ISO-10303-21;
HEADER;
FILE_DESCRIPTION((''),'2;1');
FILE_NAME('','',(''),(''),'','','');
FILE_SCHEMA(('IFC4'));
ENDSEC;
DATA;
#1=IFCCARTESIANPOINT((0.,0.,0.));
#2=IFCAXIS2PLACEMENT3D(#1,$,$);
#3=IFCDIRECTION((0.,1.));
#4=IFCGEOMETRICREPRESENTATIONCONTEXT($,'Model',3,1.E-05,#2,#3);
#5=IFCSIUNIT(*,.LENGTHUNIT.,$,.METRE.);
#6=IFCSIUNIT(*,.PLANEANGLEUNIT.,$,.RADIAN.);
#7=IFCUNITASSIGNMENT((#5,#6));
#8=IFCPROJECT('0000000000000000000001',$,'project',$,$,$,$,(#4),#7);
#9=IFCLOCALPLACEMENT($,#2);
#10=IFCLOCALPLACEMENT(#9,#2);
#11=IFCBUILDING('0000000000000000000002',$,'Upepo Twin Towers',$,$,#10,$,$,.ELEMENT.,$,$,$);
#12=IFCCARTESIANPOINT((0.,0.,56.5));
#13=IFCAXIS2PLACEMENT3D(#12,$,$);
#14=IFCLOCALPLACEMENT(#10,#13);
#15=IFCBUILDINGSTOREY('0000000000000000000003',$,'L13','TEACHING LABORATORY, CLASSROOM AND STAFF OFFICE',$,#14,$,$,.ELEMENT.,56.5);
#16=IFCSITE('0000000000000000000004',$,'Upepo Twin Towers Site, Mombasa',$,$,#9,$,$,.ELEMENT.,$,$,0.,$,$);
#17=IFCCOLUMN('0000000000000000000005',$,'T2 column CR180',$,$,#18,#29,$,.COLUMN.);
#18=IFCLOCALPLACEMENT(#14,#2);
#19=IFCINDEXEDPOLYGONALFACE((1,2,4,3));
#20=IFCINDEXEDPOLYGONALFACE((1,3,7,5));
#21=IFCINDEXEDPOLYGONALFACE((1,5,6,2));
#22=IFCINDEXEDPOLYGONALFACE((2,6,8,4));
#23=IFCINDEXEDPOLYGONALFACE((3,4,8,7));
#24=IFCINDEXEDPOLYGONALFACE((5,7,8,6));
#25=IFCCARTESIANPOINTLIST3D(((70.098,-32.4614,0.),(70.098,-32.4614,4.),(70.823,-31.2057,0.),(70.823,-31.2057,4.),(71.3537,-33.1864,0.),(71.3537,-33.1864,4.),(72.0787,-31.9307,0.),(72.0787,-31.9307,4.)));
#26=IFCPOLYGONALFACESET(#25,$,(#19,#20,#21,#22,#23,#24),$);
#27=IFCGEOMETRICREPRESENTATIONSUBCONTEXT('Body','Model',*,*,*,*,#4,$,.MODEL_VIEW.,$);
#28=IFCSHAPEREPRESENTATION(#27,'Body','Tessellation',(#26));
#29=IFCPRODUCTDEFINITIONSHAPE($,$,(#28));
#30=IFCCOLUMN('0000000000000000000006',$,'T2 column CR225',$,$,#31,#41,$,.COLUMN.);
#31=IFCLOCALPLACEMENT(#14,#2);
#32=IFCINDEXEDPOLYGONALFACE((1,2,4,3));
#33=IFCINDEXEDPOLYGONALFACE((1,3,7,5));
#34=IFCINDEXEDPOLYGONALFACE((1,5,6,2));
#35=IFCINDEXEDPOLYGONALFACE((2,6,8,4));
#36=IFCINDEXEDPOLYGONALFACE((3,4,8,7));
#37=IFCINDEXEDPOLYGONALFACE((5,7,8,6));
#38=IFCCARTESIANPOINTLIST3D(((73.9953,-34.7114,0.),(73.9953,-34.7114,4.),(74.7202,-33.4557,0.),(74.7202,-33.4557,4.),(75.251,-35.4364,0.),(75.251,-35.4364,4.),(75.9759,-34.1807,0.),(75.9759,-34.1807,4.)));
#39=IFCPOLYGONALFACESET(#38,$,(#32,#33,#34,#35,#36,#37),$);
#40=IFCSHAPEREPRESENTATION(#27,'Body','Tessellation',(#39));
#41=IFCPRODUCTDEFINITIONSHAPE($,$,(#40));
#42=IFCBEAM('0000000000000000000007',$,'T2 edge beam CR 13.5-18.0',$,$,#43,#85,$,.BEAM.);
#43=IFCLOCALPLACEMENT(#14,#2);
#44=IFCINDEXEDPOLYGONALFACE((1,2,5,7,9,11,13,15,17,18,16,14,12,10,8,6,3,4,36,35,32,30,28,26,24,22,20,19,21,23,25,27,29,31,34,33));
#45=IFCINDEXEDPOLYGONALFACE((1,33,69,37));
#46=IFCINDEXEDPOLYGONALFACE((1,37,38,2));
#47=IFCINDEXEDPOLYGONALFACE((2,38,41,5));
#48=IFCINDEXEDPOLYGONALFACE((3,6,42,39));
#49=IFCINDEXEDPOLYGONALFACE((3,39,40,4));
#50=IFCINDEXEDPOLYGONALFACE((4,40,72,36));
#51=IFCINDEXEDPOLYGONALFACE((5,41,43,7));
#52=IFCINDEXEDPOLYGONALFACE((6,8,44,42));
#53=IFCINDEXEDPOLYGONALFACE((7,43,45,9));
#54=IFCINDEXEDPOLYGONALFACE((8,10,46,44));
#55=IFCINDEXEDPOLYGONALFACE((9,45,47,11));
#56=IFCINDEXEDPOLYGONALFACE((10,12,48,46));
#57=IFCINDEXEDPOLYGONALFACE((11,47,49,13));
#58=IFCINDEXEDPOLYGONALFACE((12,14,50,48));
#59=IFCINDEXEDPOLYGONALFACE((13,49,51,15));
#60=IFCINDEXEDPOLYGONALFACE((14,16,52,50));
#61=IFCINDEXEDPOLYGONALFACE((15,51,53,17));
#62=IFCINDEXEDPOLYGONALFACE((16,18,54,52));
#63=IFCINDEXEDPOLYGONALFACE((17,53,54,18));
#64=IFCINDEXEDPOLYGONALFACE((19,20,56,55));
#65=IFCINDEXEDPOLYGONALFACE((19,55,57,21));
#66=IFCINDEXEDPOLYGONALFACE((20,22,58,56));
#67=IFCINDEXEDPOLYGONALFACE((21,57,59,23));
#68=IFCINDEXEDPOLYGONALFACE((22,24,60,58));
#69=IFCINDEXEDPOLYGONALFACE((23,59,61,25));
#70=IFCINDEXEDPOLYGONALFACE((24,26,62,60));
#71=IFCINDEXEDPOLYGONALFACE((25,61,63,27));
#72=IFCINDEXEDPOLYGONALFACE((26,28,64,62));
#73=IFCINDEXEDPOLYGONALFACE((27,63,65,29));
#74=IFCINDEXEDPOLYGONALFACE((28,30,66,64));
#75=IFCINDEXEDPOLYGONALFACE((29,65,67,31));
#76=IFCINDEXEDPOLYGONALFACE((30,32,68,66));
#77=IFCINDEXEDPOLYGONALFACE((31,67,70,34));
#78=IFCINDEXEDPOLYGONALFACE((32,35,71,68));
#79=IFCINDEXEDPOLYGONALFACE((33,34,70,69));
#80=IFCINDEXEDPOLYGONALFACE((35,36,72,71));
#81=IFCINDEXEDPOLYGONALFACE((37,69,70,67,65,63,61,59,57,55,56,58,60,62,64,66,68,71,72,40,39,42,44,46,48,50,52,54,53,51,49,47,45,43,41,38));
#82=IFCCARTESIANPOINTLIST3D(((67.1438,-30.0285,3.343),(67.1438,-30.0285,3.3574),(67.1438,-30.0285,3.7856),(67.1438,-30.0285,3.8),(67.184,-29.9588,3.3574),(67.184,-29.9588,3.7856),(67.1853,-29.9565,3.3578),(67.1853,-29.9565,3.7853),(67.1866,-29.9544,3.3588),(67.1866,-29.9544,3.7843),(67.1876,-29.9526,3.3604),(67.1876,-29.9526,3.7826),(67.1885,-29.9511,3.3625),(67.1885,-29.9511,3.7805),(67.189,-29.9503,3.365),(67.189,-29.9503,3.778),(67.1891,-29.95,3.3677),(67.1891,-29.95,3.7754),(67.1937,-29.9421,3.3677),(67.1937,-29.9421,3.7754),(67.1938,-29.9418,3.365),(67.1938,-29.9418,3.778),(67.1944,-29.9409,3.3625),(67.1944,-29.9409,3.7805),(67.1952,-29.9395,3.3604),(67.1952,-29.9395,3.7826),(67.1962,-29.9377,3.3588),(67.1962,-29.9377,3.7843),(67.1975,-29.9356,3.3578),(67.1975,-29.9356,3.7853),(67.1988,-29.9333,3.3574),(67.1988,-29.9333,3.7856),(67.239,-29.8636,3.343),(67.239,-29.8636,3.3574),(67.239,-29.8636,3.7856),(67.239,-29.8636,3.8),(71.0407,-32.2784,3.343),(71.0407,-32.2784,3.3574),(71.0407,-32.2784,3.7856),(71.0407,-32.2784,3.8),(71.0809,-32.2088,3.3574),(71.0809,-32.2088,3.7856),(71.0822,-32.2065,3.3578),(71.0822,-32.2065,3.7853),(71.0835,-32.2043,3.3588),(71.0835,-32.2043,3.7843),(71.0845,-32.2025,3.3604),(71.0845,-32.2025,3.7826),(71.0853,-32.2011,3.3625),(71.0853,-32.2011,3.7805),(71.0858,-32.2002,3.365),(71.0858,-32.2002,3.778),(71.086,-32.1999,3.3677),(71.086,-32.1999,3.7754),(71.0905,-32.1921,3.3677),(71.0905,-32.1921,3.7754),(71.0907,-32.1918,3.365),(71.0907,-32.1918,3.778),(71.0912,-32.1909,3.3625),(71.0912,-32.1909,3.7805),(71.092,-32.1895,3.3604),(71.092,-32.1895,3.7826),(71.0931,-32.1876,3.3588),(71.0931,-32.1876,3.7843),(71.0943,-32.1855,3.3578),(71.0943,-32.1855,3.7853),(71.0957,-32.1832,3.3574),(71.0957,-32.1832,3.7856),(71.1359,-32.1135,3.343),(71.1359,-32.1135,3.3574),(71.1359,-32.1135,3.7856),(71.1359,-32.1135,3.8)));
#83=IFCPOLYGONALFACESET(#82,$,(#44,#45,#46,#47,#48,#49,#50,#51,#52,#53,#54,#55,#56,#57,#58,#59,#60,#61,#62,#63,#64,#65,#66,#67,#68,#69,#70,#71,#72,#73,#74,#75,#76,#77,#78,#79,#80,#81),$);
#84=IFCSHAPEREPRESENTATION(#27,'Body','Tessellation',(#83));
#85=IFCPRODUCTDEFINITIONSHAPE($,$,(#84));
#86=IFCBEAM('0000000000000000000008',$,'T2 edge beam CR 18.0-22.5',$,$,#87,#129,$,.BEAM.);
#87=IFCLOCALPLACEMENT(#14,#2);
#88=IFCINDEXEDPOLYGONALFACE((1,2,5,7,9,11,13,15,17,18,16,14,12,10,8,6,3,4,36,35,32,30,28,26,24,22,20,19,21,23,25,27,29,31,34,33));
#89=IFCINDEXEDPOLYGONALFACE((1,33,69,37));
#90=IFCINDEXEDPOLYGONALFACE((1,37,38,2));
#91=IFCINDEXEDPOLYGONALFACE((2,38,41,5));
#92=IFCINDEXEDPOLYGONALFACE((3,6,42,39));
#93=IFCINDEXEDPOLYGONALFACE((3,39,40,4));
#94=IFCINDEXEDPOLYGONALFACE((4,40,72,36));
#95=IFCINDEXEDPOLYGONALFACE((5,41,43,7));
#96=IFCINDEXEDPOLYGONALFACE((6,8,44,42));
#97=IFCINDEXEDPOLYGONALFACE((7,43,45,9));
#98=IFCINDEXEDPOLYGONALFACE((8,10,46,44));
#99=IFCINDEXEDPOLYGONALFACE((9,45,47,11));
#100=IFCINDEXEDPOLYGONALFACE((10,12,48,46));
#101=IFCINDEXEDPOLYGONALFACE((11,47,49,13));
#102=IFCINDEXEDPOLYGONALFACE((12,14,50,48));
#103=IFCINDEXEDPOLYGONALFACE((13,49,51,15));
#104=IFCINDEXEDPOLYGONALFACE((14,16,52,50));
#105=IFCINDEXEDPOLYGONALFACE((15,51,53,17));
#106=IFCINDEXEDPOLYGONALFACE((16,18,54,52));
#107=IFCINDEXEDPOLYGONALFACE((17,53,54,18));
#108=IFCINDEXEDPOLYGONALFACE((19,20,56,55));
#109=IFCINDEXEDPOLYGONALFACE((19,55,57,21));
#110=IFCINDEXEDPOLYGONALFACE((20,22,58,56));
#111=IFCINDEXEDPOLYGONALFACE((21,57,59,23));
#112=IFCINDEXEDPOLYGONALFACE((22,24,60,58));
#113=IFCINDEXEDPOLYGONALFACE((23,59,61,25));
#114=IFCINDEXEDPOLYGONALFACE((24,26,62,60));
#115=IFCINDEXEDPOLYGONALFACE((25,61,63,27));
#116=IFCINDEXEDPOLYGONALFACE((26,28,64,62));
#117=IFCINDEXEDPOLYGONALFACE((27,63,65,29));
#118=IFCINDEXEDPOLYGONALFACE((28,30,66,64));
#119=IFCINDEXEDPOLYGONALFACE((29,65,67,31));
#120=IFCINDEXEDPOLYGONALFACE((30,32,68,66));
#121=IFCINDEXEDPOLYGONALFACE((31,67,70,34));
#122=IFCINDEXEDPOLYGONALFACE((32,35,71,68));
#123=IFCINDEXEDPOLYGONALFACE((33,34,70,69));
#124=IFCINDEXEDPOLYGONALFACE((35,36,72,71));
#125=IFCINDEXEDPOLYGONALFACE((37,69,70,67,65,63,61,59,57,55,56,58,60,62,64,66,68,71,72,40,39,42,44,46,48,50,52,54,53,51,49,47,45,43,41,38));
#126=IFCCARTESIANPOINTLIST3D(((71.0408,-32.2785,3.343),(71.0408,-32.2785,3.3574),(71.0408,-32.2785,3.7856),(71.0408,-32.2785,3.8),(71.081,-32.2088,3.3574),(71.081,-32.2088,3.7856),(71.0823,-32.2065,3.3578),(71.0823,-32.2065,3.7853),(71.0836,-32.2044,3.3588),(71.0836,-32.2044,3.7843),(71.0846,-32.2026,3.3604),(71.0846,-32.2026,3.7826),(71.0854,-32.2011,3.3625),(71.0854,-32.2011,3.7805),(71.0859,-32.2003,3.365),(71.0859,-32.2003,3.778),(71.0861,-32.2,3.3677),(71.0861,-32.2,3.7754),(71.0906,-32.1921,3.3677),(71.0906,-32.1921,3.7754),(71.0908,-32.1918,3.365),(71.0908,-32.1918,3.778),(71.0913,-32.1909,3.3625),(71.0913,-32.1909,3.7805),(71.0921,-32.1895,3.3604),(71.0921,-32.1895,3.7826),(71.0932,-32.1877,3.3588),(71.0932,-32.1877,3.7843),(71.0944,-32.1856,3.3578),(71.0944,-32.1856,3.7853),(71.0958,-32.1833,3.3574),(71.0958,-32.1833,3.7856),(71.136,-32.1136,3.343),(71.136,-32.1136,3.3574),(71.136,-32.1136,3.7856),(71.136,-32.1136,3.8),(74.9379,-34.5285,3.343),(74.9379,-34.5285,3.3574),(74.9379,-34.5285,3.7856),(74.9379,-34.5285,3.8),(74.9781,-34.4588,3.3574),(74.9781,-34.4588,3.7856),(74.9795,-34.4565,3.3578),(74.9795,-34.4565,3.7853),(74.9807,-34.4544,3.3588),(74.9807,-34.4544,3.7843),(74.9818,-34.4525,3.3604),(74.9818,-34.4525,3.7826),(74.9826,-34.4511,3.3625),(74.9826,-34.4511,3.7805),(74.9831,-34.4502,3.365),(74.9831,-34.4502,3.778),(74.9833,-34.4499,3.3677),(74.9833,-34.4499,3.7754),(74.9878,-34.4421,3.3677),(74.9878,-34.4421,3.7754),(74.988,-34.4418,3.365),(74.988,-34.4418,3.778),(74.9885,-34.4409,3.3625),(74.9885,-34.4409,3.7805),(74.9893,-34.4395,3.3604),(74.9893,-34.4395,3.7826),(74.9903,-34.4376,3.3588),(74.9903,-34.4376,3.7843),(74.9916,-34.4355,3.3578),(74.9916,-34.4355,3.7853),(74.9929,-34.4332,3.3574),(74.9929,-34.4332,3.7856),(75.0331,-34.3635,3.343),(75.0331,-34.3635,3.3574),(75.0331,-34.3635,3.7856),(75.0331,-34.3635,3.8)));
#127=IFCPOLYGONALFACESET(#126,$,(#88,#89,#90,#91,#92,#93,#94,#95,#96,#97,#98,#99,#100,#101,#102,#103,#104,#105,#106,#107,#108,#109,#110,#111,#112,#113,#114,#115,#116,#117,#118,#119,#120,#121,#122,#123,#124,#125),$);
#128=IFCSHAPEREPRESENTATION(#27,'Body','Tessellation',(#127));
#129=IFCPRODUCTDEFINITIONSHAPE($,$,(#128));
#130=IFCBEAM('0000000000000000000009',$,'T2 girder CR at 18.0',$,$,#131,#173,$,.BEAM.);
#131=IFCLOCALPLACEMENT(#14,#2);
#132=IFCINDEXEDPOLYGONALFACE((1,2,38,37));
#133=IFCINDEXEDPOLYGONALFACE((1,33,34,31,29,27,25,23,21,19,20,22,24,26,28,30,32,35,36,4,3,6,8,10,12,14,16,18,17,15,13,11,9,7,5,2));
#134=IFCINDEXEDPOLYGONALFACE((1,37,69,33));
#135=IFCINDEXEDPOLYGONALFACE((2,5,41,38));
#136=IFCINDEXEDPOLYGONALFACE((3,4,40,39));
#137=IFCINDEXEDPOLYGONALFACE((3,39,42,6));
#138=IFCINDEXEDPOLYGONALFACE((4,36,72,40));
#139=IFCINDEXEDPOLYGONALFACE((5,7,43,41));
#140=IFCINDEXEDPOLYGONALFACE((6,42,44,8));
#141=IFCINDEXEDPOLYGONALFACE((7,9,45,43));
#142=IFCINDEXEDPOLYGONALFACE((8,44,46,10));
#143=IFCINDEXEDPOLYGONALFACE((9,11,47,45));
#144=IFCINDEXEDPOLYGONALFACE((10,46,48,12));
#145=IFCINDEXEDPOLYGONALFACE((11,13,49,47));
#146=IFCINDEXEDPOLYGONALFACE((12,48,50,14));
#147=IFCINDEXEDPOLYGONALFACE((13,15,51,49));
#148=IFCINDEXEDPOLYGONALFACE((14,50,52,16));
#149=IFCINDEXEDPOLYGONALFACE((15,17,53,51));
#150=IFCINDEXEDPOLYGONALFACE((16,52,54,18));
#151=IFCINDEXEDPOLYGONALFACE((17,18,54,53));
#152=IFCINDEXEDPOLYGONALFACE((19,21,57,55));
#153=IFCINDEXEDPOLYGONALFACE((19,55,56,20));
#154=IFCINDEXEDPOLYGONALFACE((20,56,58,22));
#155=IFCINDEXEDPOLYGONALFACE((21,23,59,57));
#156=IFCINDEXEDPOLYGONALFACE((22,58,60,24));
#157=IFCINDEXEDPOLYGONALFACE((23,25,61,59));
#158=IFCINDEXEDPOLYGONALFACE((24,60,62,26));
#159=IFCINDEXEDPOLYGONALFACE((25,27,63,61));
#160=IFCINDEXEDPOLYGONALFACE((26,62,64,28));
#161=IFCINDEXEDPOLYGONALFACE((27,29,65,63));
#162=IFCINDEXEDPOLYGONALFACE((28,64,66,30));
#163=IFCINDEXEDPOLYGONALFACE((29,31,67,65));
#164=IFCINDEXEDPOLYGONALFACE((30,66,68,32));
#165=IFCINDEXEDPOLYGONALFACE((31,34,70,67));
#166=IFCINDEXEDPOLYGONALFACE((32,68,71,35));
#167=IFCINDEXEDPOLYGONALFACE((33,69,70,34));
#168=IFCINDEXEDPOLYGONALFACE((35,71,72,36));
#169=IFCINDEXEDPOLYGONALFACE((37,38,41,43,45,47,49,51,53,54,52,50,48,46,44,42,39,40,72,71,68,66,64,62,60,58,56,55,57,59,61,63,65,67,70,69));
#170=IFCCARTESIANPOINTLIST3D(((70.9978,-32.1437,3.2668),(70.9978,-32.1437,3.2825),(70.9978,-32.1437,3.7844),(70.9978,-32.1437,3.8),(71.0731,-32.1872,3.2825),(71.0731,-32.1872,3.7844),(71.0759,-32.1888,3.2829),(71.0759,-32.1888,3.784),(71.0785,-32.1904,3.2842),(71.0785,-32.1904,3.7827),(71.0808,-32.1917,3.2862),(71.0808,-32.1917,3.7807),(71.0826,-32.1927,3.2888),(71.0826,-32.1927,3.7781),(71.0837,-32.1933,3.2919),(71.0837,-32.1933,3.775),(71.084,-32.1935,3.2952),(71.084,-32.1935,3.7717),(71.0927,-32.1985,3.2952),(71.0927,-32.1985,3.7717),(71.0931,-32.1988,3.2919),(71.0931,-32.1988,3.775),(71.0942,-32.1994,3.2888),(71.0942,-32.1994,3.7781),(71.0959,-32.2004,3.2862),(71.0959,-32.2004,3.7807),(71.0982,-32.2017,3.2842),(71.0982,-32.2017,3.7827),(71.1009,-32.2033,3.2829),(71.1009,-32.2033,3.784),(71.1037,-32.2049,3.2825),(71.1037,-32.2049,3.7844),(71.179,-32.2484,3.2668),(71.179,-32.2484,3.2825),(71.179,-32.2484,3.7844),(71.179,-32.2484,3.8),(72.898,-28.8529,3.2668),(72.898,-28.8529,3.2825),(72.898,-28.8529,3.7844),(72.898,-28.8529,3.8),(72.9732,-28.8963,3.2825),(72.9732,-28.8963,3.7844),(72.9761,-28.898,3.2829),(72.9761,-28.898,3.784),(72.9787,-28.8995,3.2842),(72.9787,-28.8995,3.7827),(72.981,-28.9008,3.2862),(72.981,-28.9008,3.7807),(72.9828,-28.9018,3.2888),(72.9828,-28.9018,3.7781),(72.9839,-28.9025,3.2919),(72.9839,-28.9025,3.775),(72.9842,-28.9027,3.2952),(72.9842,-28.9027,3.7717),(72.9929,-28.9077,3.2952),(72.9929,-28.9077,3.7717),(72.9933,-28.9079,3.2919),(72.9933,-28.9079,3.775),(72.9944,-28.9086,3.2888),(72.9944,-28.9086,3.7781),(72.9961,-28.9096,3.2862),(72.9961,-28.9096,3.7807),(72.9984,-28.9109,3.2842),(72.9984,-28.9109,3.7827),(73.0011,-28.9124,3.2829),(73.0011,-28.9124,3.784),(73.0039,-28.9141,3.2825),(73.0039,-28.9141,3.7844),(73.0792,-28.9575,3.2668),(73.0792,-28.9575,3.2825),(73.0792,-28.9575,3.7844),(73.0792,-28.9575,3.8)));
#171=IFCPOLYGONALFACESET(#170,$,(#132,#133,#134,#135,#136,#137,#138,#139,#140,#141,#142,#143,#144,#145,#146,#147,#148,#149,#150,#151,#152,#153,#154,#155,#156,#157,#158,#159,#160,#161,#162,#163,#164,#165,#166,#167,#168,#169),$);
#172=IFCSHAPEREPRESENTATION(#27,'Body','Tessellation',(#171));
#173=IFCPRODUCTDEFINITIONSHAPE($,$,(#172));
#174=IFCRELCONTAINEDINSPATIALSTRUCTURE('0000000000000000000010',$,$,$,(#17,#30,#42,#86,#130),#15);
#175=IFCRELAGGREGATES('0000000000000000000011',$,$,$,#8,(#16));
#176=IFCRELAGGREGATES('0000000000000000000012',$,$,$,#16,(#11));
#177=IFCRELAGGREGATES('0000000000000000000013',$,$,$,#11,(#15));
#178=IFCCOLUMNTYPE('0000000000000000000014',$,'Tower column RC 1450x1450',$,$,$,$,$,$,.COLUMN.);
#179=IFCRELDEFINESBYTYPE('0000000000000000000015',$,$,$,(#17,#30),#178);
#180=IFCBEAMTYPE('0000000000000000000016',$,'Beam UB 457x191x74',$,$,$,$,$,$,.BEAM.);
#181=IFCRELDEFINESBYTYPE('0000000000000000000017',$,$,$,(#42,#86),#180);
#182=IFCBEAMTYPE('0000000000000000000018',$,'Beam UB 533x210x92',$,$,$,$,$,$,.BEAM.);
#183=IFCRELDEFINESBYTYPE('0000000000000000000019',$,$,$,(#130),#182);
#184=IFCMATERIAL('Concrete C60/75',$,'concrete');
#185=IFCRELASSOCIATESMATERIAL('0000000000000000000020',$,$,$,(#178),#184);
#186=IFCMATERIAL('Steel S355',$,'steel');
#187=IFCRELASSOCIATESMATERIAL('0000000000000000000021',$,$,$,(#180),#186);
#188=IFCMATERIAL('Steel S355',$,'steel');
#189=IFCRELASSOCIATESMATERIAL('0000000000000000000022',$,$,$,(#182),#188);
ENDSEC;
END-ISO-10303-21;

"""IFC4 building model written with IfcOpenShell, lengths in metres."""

from ifc_helpers import new_model, si_unit, direction, frame, origin, origin_2d, place, context, subcontext, project, spatial, rectangle, i_section, extrude, material, material_profile, profile_set, type_object, element, save


model = new_model("IFC4")

# Units and contexts
model_context = context("Model", 3, precision=1e-05, world=origin(), true_north=direction((0.0, 1.0)))
body_context = subcontext(model_context, "Body", "Model", "MODEL_VIEW")
ifc_project = project(units=[si_unit("LENGTHUNIT", "METRE"), si_unit("PLANEANGLEUNIT", "RADIAN")], contexts=[model_context])

# Site, building, storey
site_placement = place(None, origin())
site = spatial("IfcSite", under=ifc_project, at=site_placement, Name="Upepo Twin Towers Site, Mombasa", CompositionType="ELEMENT", RefElevation=0.0)
building_placement = place(site_placement, origin())
building = spatial("IfcBuilding", under=site, at=building_placement, Name="Upepo Twin Towers", CompositionType="ELEMENT")
storey_placement = place(building_placement, frame((0.0, 0.0, 56.5)))
storey = spatial("IfcBuildingStorey", under=building, at=storey_placement, Name="L13", Description="TEACHING LABORATORY, CLASSROOM AND STAFF OFFICE", CompositionType="ELEMENT", Elevation=56.5)

# Columns
ifc_material_1 = material(Name="Concrete C60/75", Category="concrete")
ifc_material_profile_1 = material_profile(ifc_material_1, rectangle(XDim=1.45, YDim=1.45, at=origin_2d()), Name="RC 1450x1450")
ifc_profile_set_1 = profile_set([ifc_material_profile_1], Name="Concrete C60/75")
column_type = type_object("IfcColumnType", Name="Tower column RC 1450x1450", PredefinedType="COLUMN", material=ifc_profile_set_1)
for number, where, z_axis, x_axis, name in (
    (1, (71.0884, -32.196, 0.0), (0.0, 0.0, 1.0), (0.5, 0.866025, 0.0), "T2 column CR180"),
    (2, (74.9856, -34.446, 0.0), (0.0, 0.0, 1.0), (0.5, 0.866025, 0.0), "T2 column CR225"),
):
    element("IfcColumn", number, at=place(storey_placement, frame(where, z_axis=z_axis, x_axis=x_axis)), inside=storey, type_object=column_type, Name=name, PredefinedType="COLUMN", context=body_context, shape_type="SweptSolid", body=[
        extrude(rectangle(XDim=1.45, YDim=1.45, at=origin_2d()), origin(), (0.0, 0.0, 1.0), 4.0),
    ])

# Beams
ifc_material_2 = material(Name="Steel S355", Category="steel")
ifc_material_profile_2 = material_profile(ifc_material_2, i_section(OverallWidth=0.1904, OverallDepth=0.457, WebThickness=0.009, FlangeThickness=0.0144, FilletRadius=0.0103, at=origin_2d()), Name="UB 457x191x74")
ifc_profile_set_2 = profile_set([ifc_material_profile_2], Name="Steel S355")
beam_type_1 = type_object("IfcBeamType", Name="Beam UB 457x191x74", PredefinedType="BEAM", material=ifc_profile_set_2)
beam_1_placement = place(storey_placement, frame((67.1914, -29.946, 3.5715), z_axis=(0.866018, -0.500014, 0.0), x_axis=(0.500014, 0.866018, 0.0)))
element("IfcBeam", 3, at=beam_1_placement, inside=storey, type_object=beam_type_1, Name="T2 edge beam CR 13.5-18.0", PredefinedType="BEAM", context=body_context, shape_type="SweptSolid", body=[
    extrude(i_section(OverallWidth=0.1904, OverallDepth=0.457, WebThickness=0.009, FlangeThickness=0.0144, FilletRadius=0.0103, at=origin_2d()), origin(), (0.0, 0.0, 1.0), 4.4998),
])
beam_2_placement = place(storey_placement, frame((71.0884, -32.196, 3.5715), z_axis=(0.866031, -0.49999, 0.0), x_axis=(0.49999, 0.866031, 0.0)))
element("IfcBeam", 4, at=beam_2_placement, inside=storey, type_object=beam_type_1, Name="T2 edge beam CR 18.0-22.5", PredefinedType="BEAM", context=body_context, shape_type="SweptSolid", body=[
    extrude(i_section(OverallWidth=0.1904, OverallDepth=0.457, WebThickness=0.009, FlangeThickness=0.0144, FilletRadius=0.0103, at=origin_2d()), origin(), (0.0, 0.0, 1.0), 4.5),
])
ifc_material_3 = material(Name="Steel S355", Category="steel")
ifc_material_profile_3 = material_profile(ifc_material_3, i_section(OverallWidth=0.2092, OverallDepth=0.5332, WebThickness=0.01, FlangeThickness=0.0156, FilletRadius=0.0127, at=origin_2d()), Name="UB 533x210x92")
ifc_profile_set_3 = profile_set([ifc_material_profile_3], Name="Steel S355")
beam_type_2 = type_object("IfcBeamType", Name="Beam UB 533x210x92", PredefinedType="BEAM", material=ifc_profile_set_3)
beam_3_placement = place(storey_placement, frame((71.0884, -32.196, 3.5334), z_axis=(0.500043, 0.866, 0.0), x_axis=(-0.866, 0.500043, 0.0)))
element("IfcBeam", 5, at=beam_3_placement, inside=storey, type_object=beam_type_2, Name="T2 girder CR at 18.0", PredefinedType="BEAM", context=body_context, shape_type="SweptSolid", body=[
    extrude(i_section(OverallWidth=0.2092, OverallDepth=0.5332, WebThickness=0.01, FlangeThickness=0.0156, FilletRadius=0.0127, at=origin_2d()), origin(), (0.0, 0.0, 1.0), 3.8),
])

save(model, "model.ifc")
